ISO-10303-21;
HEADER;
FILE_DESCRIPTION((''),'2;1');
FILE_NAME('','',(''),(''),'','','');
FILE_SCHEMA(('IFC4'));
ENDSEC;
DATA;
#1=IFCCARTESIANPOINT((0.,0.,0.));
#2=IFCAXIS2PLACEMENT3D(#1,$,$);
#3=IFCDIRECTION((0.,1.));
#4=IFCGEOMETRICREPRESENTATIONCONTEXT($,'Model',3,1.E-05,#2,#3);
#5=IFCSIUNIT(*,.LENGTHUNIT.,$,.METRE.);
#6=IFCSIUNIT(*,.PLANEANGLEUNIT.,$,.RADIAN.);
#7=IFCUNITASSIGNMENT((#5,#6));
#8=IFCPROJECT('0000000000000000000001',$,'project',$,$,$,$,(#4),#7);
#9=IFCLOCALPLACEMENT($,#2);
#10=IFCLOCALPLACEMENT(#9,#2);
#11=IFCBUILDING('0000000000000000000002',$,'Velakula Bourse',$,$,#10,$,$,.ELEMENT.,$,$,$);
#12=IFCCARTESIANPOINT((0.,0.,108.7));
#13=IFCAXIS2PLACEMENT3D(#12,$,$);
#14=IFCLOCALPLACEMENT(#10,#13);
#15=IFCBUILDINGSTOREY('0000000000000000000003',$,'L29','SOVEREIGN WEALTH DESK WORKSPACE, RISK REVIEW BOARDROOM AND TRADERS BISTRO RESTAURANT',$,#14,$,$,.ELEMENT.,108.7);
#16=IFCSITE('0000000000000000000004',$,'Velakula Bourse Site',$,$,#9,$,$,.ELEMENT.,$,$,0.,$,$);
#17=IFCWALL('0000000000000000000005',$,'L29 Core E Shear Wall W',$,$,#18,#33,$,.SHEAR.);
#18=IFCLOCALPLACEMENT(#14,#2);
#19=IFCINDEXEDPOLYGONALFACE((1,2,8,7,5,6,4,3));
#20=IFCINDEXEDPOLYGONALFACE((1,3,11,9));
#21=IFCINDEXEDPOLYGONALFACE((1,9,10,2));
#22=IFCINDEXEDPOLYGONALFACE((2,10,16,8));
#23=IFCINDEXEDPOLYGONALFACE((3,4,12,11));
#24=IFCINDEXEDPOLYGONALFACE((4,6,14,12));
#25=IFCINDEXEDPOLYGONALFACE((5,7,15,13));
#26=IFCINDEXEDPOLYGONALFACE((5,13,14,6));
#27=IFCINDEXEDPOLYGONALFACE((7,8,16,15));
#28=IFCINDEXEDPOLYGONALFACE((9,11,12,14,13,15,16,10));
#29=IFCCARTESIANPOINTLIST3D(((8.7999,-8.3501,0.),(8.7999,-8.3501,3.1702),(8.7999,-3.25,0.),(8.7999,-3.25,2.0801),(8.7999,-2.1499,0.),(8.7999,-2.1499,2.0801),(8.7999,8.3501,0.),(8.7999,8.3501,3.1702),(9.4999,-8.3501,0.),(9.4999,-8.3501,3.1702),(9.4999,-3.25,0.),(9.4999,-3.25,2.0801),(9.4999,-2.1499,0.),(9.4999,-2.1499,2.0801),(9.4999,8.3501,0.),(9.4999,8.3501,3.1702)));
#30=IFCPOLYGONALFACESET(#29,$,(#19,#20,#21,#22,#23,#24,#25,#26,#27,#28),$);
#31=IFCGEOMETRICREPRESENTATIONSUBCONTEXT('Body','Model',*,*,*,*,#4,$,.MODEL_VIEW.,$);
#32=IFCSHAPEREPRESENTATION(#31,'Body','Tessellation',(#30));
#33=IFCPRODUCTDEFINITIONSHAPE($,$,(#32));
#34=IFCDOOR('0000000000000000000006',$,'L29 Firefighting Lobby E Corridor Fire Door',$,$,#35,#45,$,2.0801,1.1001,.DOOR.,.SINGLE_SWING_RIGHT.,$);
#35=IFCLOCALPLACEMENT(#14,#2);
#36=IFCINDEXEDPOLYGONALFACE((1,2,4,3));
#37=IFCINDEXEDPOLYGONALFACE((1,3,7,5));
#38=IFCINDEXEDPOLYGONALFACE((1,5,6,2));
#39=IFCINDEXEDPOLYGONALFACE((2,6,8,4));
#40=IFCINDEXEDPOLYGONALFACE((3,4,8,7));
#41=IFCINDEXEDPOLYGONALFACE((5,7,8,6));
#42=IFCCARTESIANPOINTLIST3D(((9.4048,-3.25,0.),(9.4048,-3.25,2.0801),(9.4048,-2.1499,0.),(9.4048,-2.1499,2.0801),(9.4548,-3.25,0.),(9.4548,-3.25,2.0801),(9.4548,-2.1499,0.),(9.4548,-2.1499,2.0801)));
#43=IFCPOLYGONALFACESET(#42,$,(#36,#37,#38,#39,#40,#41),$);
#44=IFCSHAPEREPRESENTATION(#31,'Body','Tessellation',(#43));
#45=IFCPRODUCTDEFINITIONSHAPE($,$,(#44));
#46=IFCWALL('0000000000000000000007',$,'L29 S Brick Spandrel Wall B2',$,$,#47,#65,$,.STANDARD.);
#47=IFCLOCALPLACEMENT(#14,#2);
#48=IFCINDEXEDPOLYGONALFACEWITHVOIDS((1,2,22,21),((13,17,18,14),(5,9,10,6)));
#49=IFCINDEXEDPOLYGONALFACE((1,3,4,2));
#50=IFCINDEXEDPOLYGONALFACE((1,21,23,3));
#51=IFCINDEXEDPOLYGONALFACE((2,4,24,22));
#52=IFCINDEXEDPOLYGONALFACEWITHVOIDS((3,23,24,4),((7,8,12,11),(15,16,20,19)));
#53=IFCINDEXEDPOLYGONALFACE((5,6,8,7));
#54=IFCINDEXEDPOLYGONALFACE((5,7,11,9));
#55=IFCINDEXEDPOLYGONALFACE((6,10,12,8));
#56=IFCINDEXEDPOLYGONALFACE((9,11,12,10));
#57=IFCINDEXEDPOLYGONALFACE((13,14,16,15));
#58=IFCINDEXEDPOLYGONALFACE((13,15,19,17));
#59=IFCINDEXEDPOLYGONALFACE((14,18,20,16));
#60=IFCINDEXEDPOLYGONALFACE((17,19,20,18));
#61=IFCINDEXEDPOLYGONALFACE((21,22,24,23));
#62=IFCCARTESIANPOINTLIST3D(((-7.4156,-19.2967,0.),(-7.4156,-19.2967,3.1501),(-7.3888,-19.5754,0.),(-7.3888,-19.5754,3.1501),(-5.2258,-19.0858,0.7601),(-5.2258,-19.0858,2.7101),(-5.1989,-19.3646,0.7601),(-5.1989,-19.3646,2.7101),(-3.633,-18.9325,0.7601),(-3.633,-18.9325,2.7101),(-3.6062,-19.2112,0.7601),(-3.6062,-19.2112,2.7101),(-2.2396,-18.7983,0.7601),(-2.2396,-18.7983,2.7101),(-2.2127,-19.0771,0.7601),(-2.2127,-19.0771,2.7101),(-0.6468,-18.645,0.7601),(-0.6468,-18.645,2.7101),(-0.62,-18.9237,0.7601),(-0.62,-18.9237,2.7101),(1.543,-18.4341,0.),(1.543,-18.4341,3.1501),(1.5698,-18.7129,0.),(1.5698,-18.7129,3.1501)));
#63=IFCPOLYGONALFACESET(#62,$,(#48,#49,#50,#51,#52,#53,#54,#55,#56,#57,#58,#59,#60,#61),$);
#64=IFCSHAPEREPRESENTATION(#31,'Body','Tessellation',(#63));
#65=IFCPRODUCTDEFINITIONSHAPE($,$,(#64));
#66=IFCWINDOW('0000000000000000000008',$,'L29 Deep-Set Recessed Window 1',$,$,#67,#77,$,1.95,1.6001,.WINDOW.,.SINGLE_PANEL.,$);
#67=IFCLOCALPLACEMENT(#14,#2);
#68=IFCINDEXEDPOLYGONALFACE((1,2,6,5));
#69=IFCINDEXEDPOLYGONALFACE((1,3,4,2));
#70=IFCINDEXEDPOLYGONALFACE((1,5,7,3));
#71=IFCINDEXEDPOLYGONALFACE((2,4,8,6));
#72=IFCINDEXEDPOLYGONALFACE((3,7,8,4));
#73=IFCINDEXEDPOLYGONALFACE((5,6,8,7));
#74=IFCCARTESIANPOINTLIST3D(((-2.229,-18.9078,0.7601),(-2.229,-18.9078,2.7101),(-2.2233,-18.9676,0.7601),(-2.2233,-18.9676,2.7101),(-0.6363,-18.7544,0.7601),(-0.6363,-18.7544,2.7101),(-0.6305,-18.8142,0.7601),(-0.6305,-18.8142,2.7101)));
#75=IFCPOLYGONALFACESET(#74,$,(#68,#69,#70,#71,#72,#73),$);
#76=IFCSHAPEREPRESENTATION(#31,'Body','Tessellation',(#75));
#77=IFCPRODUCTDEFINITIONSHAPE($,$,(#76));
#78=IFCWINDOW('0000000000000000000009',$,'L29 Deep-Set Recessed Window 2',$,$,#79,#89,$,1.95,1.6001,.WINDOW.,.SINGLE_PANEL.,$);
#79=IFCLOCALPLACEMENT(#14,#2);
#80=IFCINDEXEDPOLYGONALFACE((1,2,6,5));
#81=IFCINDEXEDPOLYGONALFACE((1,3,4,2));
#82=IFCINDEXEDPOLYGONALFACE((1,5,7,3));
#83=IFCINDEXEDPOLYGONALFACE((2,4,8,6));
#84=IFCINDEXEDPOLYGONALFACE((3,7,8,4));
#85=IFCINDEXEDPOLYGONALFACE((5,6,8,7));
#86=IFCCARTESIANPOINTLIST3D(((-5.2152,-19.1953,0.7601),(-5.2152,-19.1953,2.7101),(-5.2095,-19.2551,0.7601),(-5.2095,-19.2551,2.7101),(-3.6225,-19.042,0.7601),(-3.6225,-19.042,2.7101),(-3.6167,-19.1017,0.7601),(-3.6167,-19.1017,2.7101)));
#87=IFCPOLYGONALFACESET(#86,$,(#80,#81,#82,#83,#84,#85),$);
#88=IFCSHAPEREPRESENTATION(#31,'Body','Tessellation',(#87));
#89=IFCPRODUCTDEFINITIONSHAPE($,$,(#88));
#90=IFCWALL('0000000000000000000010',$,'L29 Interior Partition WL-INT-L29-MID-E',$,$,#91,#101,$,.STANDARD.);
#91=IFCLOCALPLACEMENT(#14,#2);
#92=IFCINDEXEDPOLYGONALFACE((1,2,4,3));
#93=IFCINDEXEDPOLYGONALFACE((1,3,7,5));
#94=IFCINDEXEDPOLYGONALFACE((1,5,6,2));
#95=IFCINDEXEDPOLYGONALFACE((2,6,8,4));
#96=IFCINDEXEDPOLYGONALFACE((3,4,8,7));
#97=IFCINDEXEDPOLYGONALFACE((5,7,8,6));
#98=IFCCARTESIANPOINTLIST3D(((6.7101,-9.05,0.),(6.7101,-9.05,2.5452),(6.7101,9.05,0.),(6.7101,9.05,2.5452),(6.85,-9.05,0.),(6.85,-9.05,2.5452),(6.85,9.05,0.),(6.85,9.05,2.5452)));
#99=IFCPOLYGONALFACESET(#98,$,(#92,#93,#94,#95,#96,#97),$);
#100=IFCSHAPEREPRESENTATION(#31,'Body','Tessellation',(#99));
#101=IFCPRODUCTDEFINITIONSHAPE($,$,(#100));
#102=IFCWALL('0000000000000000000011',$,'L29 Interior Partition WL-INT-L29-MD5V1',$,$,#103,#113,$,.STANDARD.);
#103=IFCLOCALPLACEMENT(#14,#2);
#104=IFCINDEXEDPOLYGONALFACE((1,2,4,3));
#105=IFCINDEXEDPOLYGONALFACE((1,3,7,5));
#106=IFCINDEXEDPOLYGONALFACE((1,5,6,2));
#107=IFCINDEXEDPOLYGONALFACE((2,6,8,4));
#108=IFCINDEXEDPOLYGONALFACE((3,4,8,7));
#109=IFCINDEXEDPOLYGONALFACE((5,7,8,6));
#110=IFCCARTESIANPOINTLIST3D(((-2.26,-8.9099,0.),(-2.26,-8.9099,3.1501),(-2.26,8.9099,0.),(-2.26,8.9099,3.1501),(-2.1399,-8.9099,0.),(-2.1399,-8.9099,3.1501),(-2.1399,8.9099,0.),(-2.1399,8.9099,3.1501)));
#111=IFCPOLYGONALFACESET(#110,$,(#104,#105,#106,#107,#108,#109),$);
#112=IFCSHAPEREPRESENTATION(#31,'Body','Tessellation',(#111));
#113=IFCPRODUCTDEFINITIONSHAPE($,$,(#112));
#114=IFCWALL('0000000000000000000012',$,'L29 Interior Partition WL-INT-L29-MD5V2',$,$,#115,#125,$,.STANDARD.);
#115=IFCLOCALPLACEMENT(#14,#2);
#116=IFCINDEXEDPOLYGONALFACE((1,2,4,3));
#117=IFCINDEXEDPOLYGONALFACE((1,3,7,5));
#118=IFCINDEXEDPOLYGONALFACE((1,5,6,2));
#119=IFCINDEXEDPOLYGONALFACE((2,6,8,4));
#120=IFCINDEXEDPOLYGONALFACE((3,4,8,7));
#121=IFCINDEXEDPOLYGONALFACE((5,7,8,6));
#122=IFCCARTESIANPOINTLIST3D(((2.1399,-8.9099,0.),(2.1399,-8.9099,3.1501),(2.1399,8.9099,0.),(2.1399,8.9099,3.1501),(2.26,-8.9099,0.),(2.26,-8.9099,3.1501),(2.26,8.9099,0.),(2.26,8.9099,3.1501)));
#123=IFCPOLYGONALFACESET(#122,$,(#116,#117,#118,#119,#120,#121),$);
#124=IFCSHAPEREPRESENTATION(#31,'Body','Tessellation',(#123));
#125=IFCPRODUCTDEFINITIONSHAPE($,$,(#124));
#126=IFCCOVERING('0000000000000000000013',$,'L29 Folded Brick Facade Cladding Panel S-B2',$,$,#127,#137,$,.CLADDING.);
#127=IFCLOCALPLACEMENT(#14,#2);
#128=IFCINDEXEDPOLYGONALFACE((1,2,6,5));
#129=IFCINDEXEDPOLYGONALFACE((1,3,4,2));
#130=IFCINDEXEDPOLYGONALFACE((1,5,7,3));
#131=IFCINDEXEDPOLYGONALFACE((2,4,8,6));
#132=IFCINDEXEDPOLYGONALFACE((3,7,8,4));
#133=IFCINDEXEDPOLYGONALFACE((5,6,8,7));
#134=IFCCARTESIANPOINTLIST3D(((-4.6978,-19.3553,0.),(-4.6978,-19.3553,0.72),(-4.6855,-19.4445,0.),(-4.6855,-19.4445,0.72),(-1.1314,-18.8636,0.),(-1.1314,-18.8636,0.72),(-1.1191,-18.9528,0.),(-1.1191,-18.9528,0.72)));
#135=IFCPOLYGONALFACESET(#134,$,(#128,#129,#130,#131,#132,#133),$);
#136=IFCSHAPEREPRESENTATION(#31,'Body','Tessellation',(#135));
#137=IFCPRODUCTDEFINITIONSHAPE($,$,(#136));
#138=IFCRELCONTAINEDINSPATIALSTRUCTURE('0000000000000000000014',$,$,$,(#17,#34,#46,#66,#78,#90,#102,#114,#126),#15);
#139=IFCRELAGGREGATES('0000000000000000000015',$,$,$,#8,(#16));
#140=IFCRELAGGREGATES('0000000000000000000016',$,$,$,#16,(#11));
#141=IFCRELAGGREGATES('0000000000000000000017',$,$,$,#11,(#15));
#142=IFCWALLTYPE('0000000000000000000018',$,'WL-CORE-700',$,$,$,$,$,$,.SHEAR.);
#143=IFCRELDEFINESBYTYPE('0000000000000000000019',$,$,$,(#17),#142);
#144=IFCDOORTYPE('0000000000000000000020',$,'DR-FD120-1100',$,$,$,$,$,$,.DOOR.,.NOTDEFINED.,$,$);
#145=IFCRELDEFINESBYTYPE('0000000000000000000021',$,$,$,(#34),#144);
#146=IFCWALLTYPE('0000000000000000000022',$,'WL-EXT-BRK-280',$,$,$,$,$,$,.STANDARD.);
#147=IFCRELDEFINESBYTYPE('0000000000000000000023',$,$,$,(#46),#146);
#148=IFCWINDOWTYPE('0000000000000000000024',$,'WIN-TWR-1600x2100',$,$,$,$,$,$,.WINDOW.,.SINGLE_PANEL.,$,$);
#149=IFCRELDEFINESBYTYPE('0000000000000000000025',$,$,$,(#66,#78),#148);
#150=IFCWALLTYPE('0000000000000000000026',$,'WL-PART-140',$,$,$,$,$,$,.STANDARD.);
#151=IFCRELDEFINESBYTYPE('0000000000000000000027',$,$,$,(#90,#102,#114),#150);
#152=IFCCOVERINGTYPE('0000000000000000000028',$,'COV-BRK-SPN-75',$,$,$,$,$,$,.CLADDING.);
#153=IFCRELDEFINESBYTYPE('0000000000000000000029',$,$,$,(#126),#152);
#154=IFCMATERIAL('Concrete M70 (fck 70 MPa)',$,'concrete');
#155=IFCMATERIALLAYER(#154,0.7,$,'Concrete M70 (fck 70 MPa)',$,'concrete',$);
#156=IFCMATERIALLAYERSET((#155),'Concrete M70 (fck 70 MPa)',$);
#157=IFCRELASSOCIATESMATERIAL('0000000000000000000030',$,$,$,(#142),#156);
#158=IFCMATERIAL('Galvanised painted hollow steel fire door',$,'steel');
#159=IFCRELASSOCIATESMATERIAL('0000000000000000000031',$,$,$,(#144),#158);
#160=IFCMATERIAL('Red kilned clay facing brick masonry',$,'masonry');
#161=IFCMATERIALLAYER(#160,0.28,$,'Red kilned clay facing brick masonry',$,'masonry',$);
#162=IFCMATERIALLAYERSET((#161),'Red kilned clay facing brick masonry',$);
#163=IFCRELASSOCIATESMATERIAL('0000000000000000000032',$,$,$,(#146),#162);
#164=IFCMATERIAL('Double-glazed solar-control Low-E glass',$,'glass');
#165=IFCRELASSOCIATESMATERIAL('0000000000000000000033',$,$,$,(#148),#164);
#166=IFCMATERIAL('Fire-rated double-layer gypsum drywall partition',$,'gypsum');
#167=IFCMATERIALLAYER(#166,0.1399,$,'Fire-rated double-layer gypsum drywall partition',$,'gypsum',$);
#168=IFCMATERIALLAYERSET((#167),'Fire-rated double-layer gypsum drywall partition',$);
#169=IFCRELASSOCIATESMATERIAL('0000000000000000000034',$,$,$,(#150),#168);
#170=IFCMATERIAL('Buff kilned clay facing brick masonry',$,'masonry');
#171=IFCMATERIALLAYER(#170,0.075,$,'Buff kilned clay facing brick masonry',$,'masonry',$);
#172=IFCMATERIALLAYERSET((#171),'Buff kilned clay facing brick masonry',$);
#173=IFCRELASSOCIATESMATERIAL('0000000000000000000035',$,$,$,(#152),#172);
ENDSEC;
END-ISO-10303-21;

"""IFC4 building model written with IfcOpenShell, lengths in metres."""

from ifc_helpers import new_model, si_unit, direction, frame, frame_2d, origin, origin_2d, place, context, subcontext, project, spatial, rectangle, extrude, material, layer, layer_set, type_object, element, fill, save


model = new_model("IFC4")

# Units and contexts
model_context = context("Model", 3, precision=1e-05, world=origin(), true_north=direction((0.0, 1.0)))
body_context = subcontext(model_context, "Body", "Model", "MODEL_VIEW")
ifc_project = project(units=[si_unit("LENGTHUNIT", "METRE"), si_unit("PLANEANGLEUNIT", "RADIAN")], contexts=[model_context])

# Site, building, storey
site_placement = place(None, origin())
site = spatial("IfcSite", under=ifc_project, at=site_placement, Name="Velakula Bourse Site", CompositionType="ELEMENT", RefElevation=0.0)
building_placement = place(site_placement, origin())
building = spatial("IfcBuilding", under=site, at=building_placement, Name="Velakula Bourse", CompositionType="ELEMENT")
storey_placement = place(building_placement, frame((0.0, 0.0, 108.7)))
storey = spatial("IfcBuildingStorey", under=building, at=storey_placement, Name="L29", Description="SOVEREIGN WEALTH DESK WORKSPACE, RISK REVIEW BOARDROOM AND TRADERS BISTRO RESTAURANT", CompositionType="ELEMENT", Elevation=108.7)

# Shared definitions
ifc_material_1 = material(Name="Concrete M70 (fck 70 MPa)", Category="concrete")

# Shared definitions
ifc_layer_1 = layer(ifc_material_1, 0.7, Name="Concrete M70 (fck 70 MPa)", Category="concrete")
ifc_layer_set_1 = layer_set([ifc_layer_1], Name="Concrete M70 (fck 70 MPa)")
wall_type_1 = type_object("IfcWallType", Name="WL-CORE-700", PredefinedType="SHEAR", material=ifc_layer_set_1)

# Wall, opening, door
wall_1_placement = place(storey_placement, frame((9.1499, -8.3501, 0.0), z_axis=(0.0, 0.0, 1.0), x_axis=(0.0, 1.0, 0.0)))
wall_1 = element("IfcWall", 1, at=wall_1_placement, inside=storey, type_object=wall_type_1, Name="L29 Core E Shear Wall W", PredefinedType="SHEAR", context=body_context, shape_type="SweptSolid", body=[
    extrude(rectangle(XDim=16.7002, YDim=0.7, at=frame_2d((8.3501, 0.0))), origin(), (0.0, 0.0, 1.0), 3.1702),
])
opening_1_placement = place(wall_1_placement, frame((5.1001, 0.0, 0.0)))
opening_1 = element("IfcOpeningElement", 2, at=opening_1_placement, cuts=wall_1, PredefinedType="OPENING", context=body_context, shape_type="SweptSolid", body=[
    extrude(rectangle(XDim=1.1001, YDim=2.0801, at=frame_2d((0.55, 1.04))), frame((0.0, 0.3599, 0.0), z_axis=(0.0, -1.0, 0.0), x_axis=(1.0, 0.0, 0.0)), (0.0, 0.0, 1.0), 0.72),
])
ifc_material_2 = material(Name="Galvanised painted hollow steel fire door", Category="steel")
door_type = type_object("IfcDoorType", Name="DR-FD120-1100", OperationType="NOTDEFINED", PredefinedType="DOOR", material=ifc_material_2)
door_placement = place(opening_1_placement, origin())
door = element("IfcDoor", 3, at=door_placement, inside=storey, type_object=door_type, Name="L29 Firefighting Lobby E Corridor Fire Door", OperationType="SINGLE_SWING_RIGHT", OverallHeight=2.0801, OverallWidth=1.1001, PredefinedType="DOOR", context=body_context, shape_type="SweptSolid", body=[
    extrude(rectangle(XDim=1.1001, YDim=2.0801, at=frame_2d((0.55, 1.04))), frame((0.0, -0.2549, 0.0), z_axis=(0.0, -1.0, 0.0), x_axis=(1.0, 0.0, 0.0)), (0.0, 0.0, 1.0), 0.05),
])
fill(opening_1, door)

# Wall, openings, windows
ifc_material_3 = material(Name="Red kilned clay facing brick masonry", Category="masonry")
ifc_layer_2 = layer(ifc_material_3, 0.28, Name="Red kilned clay facing brick masonry", Category="masonry")
ifc_layer_set_2 = layer_set([ifc_layer_2], Name="Red kilned clay facing brick masonry")
wall_type_2 = type_object("IfcWallType", Name="WL-EXT-BRK-280", PredefinedType="STANDARD", material=ifc_layer_set_2)
wall_2_placement = place(storey_placement, frame((1.5564, -18.5735, 0.0), z_axis=(0.0, 0.0, 1.0), x_axis=(-0.995397, -0.09584, 0.0)))
wall_2 = element("IfcWall", 4, at=wall_2_placement, inside=storey, type_object=wall_type_2, Name="L29 S Brick Spandrel Wall B2", PredefinedType="STANDARD", context=body_context, shape_type="SweptSolid", body=[
    extrude(rectangle(XDim=9.0, YDim=0.28, at=frame_2d((4.5, 0.0))), origin(), (0.0, 0.0, 1.0), 3.1501),
])
opening_2_placement = place(wall_2_placement, frame((2.2, 0.0, 0.76)))
opening_2 = element("IfcOpeningElement", 5, at=opening_2_placement, cuts=wall_2, PredefinedType="OPENING", context=body_context, shape_type="SweptSolid", body=[
    extrude(rectangle(XDim=1.6001, YDim=1.95, at=frame_2d((0.8, 0.9751))), frame((0.0, 0.1499, 0.0), z_axis=(0.0, -1.0, 0.0), x_axis=(1.0, 0.0, 0.0)), (0.0, 0.0, 1.0), 0.3),
])
opening_3_placement = place(wall_2_placement, frame((5.2, 0.0, 0.76)))
opening_3 = element("IfcOpeningElement", 6, at=opening_3_placement, cuts=wall_2, PredefinedType="OPENING", context=body_context, shape_type="SweptSolid", body=[
    extrude(rectangle(XDim=1.6001, YDim=1.95, at=frame_2d((0.8, 0.9751))), frame((0.0, 0.1499, 0.0), z_axis=(0.0, -1.0, 0.0), x_axis=(1.0, 0.0, 0.0)), (0.0, 0.0, 1.0), 0.3),
])
ifc_material_4 = material(Name="Double-glazed solar-control Low-E glass", Category="glass")
window_type = type_object("IfcWindowType", Name="WIN-TWR-1600x2100", PartitioningType="SINGLE_PANEL", PredefinedType="WINDOW", material=ifc_material_4)
window_1_placement = place(opening_2_placement, origin())
window_1 = element("IfcWindow", 7, at=window_1_placement, inside=storey, type_object=window_type, Name="L29 Deep-Set Recessed Window 1", OverallHeight=1.95, OverallWidth=1.6001, PartitioningType="SINGLE_PANEL", PredefinedType="WINDOW", context=body_context, shape_type="SweptSolid", body=[
    extrude(rectangle(XDim=1.6001, YDim=1.95, at=frame_2d((0.8, 0.9751))), frame((0.0, 0.03, 0.0), z_axis=(0.0, -1.0, 0.0), x_axis=(1.0, 0.0, 0.0)), (0.0, 0.0, 1.0), 0.0601),
])
fill(opening_2, window_1)
window_2_placement = place(opening_3_placement, origin())
window_2 = element("IfcWindow", 8, at=window_2_placement, inside=storey, type_object=window_type, Name="L29 Deep-Set Recessed Window 2", OverallHeight=1.95, OverallWidth=1.6001, PartitioningType="SINGLE_PANEL", PredefinedType="WINDOW", context=body_context, shape_type="SweptSolid", body=[
    extrude(rectangle(XDim=1.6001, YDim=1.95, at=frame_2d((0.8, 0.9751))), frame((0.0, 0.03, 0.0), z_axis=(0.0, -1.0, 0.0), x_axis=(1.0, 0.0, 0.0)), (0.0, 0.0, 1.0), 0.0601),
])
fill(opening_3, window_2)

# Walls
ifc_material_5 = material(Name="Fire-rated double-layer gypsum drywall partition", Category="gypsum")
ifc_layer_3 = layer(ifc_material_5, 0.1399, Name="Fire-rated double-layer gypsum drywall partition", Category="gypsum")
ifc_layer_set_3 = layer_set([ifc_layer_3], Name="Fire-rated double-layer gypsum drywall partition")
wall_type_3 = type_object("IfcWallType", Name="WL-PART-140", PredefinedType="STANDARD", material=ifc_layer_set_3)
wall_3_placement = place(storey_placement, frame((6.78, -9.05, 0.0), z_axis=(0.0, 0.0, 1.0), x_axis=(0.0, 1.0, 0.0)))
element("IfcWall", 9, at=wall_3_placement, inside=storey, type_object=wall_type_3, Name="L29 Interior Partition WL-INT-L29-MID-E", PredefinedType="STANDARD", context=body_context, shape_type="SweptSolid", body=[
    extrude(rectangle(XDim=18.1001, YDim=0.1399, at=frame_2d((9.05, 0.0))), origin(), (0.0, 0.0, 1.0), 2.5452),
])
for number, where, z_axis, x_axis, name in (
    (10, (-2.2, -8.9099, 0.0), (0.0, 0.0, 1.0), (0.0, 1.0, 0.0), "L29 Interior Partition WL-INT-L29-MD5V1"),
    (11, (2.2, -8.9099, 0.0), (0.0, 0.0, 1.0), (0.0, 1.0, 0.0), "L29 Interior Partition WL-INT-L29-MD5V2"),
):
    element("IfcWall", number, at=place(storey_placement, frame(where, z_axis=z_axis, x_axis=x_axis)), inside=storey, type_object=wall_type_3, Name=name, PredefinedType="STANDARD", context=body_context, shape_type="SweptSolid", body=[
        extrude(rectangle(XDim=17.8198, YDim=0.1201, at=frame_2d((8.9099, 0.0))), origin(), (0.0, 0.0, 1.0), 3.1501),
    ])

# Covering
ifc_material_6 = material(Name="Buff kilned clay facing brick masonry", Category="masonry")
ifc_layer_4 = layer(ifc_material_6, 0.075, Name="Buff kilned clay facing brick masonry", Category="masonry")
ifc_layer_set_4 = layer_set([ifc_layer_4], Name="Buff kilned clay facing brick masonry")
covering_type = type_object("IfcCoveringType", Name="COV-BRK-SPN-75", PredefinedType="CLADDING", material=ifc_layer_set_4)
covering_placement = place(storey_placement, frame((-2.9084, -19.1541, 0.0), z_axis=(0.0, 0.0, 1.0), x_axis=(0.990629, 0.13658, 0.0)))
element("IfcCovering", 12, at=covering_placement, inside=storey, type_object=covering_type, Name="L29 Folded Brick Facade Cladding Panel S-B2", PredefinedType="CLADDING", context=body_context, shape_type="SweptSolid", body=[
    extrude(rectangle(XDim=3.6001, YDim=0.0901, at=origin_2d()), origin(), (0.0, 0.0, 1.0), 0.72),
])

save(model, "model.ifc")
